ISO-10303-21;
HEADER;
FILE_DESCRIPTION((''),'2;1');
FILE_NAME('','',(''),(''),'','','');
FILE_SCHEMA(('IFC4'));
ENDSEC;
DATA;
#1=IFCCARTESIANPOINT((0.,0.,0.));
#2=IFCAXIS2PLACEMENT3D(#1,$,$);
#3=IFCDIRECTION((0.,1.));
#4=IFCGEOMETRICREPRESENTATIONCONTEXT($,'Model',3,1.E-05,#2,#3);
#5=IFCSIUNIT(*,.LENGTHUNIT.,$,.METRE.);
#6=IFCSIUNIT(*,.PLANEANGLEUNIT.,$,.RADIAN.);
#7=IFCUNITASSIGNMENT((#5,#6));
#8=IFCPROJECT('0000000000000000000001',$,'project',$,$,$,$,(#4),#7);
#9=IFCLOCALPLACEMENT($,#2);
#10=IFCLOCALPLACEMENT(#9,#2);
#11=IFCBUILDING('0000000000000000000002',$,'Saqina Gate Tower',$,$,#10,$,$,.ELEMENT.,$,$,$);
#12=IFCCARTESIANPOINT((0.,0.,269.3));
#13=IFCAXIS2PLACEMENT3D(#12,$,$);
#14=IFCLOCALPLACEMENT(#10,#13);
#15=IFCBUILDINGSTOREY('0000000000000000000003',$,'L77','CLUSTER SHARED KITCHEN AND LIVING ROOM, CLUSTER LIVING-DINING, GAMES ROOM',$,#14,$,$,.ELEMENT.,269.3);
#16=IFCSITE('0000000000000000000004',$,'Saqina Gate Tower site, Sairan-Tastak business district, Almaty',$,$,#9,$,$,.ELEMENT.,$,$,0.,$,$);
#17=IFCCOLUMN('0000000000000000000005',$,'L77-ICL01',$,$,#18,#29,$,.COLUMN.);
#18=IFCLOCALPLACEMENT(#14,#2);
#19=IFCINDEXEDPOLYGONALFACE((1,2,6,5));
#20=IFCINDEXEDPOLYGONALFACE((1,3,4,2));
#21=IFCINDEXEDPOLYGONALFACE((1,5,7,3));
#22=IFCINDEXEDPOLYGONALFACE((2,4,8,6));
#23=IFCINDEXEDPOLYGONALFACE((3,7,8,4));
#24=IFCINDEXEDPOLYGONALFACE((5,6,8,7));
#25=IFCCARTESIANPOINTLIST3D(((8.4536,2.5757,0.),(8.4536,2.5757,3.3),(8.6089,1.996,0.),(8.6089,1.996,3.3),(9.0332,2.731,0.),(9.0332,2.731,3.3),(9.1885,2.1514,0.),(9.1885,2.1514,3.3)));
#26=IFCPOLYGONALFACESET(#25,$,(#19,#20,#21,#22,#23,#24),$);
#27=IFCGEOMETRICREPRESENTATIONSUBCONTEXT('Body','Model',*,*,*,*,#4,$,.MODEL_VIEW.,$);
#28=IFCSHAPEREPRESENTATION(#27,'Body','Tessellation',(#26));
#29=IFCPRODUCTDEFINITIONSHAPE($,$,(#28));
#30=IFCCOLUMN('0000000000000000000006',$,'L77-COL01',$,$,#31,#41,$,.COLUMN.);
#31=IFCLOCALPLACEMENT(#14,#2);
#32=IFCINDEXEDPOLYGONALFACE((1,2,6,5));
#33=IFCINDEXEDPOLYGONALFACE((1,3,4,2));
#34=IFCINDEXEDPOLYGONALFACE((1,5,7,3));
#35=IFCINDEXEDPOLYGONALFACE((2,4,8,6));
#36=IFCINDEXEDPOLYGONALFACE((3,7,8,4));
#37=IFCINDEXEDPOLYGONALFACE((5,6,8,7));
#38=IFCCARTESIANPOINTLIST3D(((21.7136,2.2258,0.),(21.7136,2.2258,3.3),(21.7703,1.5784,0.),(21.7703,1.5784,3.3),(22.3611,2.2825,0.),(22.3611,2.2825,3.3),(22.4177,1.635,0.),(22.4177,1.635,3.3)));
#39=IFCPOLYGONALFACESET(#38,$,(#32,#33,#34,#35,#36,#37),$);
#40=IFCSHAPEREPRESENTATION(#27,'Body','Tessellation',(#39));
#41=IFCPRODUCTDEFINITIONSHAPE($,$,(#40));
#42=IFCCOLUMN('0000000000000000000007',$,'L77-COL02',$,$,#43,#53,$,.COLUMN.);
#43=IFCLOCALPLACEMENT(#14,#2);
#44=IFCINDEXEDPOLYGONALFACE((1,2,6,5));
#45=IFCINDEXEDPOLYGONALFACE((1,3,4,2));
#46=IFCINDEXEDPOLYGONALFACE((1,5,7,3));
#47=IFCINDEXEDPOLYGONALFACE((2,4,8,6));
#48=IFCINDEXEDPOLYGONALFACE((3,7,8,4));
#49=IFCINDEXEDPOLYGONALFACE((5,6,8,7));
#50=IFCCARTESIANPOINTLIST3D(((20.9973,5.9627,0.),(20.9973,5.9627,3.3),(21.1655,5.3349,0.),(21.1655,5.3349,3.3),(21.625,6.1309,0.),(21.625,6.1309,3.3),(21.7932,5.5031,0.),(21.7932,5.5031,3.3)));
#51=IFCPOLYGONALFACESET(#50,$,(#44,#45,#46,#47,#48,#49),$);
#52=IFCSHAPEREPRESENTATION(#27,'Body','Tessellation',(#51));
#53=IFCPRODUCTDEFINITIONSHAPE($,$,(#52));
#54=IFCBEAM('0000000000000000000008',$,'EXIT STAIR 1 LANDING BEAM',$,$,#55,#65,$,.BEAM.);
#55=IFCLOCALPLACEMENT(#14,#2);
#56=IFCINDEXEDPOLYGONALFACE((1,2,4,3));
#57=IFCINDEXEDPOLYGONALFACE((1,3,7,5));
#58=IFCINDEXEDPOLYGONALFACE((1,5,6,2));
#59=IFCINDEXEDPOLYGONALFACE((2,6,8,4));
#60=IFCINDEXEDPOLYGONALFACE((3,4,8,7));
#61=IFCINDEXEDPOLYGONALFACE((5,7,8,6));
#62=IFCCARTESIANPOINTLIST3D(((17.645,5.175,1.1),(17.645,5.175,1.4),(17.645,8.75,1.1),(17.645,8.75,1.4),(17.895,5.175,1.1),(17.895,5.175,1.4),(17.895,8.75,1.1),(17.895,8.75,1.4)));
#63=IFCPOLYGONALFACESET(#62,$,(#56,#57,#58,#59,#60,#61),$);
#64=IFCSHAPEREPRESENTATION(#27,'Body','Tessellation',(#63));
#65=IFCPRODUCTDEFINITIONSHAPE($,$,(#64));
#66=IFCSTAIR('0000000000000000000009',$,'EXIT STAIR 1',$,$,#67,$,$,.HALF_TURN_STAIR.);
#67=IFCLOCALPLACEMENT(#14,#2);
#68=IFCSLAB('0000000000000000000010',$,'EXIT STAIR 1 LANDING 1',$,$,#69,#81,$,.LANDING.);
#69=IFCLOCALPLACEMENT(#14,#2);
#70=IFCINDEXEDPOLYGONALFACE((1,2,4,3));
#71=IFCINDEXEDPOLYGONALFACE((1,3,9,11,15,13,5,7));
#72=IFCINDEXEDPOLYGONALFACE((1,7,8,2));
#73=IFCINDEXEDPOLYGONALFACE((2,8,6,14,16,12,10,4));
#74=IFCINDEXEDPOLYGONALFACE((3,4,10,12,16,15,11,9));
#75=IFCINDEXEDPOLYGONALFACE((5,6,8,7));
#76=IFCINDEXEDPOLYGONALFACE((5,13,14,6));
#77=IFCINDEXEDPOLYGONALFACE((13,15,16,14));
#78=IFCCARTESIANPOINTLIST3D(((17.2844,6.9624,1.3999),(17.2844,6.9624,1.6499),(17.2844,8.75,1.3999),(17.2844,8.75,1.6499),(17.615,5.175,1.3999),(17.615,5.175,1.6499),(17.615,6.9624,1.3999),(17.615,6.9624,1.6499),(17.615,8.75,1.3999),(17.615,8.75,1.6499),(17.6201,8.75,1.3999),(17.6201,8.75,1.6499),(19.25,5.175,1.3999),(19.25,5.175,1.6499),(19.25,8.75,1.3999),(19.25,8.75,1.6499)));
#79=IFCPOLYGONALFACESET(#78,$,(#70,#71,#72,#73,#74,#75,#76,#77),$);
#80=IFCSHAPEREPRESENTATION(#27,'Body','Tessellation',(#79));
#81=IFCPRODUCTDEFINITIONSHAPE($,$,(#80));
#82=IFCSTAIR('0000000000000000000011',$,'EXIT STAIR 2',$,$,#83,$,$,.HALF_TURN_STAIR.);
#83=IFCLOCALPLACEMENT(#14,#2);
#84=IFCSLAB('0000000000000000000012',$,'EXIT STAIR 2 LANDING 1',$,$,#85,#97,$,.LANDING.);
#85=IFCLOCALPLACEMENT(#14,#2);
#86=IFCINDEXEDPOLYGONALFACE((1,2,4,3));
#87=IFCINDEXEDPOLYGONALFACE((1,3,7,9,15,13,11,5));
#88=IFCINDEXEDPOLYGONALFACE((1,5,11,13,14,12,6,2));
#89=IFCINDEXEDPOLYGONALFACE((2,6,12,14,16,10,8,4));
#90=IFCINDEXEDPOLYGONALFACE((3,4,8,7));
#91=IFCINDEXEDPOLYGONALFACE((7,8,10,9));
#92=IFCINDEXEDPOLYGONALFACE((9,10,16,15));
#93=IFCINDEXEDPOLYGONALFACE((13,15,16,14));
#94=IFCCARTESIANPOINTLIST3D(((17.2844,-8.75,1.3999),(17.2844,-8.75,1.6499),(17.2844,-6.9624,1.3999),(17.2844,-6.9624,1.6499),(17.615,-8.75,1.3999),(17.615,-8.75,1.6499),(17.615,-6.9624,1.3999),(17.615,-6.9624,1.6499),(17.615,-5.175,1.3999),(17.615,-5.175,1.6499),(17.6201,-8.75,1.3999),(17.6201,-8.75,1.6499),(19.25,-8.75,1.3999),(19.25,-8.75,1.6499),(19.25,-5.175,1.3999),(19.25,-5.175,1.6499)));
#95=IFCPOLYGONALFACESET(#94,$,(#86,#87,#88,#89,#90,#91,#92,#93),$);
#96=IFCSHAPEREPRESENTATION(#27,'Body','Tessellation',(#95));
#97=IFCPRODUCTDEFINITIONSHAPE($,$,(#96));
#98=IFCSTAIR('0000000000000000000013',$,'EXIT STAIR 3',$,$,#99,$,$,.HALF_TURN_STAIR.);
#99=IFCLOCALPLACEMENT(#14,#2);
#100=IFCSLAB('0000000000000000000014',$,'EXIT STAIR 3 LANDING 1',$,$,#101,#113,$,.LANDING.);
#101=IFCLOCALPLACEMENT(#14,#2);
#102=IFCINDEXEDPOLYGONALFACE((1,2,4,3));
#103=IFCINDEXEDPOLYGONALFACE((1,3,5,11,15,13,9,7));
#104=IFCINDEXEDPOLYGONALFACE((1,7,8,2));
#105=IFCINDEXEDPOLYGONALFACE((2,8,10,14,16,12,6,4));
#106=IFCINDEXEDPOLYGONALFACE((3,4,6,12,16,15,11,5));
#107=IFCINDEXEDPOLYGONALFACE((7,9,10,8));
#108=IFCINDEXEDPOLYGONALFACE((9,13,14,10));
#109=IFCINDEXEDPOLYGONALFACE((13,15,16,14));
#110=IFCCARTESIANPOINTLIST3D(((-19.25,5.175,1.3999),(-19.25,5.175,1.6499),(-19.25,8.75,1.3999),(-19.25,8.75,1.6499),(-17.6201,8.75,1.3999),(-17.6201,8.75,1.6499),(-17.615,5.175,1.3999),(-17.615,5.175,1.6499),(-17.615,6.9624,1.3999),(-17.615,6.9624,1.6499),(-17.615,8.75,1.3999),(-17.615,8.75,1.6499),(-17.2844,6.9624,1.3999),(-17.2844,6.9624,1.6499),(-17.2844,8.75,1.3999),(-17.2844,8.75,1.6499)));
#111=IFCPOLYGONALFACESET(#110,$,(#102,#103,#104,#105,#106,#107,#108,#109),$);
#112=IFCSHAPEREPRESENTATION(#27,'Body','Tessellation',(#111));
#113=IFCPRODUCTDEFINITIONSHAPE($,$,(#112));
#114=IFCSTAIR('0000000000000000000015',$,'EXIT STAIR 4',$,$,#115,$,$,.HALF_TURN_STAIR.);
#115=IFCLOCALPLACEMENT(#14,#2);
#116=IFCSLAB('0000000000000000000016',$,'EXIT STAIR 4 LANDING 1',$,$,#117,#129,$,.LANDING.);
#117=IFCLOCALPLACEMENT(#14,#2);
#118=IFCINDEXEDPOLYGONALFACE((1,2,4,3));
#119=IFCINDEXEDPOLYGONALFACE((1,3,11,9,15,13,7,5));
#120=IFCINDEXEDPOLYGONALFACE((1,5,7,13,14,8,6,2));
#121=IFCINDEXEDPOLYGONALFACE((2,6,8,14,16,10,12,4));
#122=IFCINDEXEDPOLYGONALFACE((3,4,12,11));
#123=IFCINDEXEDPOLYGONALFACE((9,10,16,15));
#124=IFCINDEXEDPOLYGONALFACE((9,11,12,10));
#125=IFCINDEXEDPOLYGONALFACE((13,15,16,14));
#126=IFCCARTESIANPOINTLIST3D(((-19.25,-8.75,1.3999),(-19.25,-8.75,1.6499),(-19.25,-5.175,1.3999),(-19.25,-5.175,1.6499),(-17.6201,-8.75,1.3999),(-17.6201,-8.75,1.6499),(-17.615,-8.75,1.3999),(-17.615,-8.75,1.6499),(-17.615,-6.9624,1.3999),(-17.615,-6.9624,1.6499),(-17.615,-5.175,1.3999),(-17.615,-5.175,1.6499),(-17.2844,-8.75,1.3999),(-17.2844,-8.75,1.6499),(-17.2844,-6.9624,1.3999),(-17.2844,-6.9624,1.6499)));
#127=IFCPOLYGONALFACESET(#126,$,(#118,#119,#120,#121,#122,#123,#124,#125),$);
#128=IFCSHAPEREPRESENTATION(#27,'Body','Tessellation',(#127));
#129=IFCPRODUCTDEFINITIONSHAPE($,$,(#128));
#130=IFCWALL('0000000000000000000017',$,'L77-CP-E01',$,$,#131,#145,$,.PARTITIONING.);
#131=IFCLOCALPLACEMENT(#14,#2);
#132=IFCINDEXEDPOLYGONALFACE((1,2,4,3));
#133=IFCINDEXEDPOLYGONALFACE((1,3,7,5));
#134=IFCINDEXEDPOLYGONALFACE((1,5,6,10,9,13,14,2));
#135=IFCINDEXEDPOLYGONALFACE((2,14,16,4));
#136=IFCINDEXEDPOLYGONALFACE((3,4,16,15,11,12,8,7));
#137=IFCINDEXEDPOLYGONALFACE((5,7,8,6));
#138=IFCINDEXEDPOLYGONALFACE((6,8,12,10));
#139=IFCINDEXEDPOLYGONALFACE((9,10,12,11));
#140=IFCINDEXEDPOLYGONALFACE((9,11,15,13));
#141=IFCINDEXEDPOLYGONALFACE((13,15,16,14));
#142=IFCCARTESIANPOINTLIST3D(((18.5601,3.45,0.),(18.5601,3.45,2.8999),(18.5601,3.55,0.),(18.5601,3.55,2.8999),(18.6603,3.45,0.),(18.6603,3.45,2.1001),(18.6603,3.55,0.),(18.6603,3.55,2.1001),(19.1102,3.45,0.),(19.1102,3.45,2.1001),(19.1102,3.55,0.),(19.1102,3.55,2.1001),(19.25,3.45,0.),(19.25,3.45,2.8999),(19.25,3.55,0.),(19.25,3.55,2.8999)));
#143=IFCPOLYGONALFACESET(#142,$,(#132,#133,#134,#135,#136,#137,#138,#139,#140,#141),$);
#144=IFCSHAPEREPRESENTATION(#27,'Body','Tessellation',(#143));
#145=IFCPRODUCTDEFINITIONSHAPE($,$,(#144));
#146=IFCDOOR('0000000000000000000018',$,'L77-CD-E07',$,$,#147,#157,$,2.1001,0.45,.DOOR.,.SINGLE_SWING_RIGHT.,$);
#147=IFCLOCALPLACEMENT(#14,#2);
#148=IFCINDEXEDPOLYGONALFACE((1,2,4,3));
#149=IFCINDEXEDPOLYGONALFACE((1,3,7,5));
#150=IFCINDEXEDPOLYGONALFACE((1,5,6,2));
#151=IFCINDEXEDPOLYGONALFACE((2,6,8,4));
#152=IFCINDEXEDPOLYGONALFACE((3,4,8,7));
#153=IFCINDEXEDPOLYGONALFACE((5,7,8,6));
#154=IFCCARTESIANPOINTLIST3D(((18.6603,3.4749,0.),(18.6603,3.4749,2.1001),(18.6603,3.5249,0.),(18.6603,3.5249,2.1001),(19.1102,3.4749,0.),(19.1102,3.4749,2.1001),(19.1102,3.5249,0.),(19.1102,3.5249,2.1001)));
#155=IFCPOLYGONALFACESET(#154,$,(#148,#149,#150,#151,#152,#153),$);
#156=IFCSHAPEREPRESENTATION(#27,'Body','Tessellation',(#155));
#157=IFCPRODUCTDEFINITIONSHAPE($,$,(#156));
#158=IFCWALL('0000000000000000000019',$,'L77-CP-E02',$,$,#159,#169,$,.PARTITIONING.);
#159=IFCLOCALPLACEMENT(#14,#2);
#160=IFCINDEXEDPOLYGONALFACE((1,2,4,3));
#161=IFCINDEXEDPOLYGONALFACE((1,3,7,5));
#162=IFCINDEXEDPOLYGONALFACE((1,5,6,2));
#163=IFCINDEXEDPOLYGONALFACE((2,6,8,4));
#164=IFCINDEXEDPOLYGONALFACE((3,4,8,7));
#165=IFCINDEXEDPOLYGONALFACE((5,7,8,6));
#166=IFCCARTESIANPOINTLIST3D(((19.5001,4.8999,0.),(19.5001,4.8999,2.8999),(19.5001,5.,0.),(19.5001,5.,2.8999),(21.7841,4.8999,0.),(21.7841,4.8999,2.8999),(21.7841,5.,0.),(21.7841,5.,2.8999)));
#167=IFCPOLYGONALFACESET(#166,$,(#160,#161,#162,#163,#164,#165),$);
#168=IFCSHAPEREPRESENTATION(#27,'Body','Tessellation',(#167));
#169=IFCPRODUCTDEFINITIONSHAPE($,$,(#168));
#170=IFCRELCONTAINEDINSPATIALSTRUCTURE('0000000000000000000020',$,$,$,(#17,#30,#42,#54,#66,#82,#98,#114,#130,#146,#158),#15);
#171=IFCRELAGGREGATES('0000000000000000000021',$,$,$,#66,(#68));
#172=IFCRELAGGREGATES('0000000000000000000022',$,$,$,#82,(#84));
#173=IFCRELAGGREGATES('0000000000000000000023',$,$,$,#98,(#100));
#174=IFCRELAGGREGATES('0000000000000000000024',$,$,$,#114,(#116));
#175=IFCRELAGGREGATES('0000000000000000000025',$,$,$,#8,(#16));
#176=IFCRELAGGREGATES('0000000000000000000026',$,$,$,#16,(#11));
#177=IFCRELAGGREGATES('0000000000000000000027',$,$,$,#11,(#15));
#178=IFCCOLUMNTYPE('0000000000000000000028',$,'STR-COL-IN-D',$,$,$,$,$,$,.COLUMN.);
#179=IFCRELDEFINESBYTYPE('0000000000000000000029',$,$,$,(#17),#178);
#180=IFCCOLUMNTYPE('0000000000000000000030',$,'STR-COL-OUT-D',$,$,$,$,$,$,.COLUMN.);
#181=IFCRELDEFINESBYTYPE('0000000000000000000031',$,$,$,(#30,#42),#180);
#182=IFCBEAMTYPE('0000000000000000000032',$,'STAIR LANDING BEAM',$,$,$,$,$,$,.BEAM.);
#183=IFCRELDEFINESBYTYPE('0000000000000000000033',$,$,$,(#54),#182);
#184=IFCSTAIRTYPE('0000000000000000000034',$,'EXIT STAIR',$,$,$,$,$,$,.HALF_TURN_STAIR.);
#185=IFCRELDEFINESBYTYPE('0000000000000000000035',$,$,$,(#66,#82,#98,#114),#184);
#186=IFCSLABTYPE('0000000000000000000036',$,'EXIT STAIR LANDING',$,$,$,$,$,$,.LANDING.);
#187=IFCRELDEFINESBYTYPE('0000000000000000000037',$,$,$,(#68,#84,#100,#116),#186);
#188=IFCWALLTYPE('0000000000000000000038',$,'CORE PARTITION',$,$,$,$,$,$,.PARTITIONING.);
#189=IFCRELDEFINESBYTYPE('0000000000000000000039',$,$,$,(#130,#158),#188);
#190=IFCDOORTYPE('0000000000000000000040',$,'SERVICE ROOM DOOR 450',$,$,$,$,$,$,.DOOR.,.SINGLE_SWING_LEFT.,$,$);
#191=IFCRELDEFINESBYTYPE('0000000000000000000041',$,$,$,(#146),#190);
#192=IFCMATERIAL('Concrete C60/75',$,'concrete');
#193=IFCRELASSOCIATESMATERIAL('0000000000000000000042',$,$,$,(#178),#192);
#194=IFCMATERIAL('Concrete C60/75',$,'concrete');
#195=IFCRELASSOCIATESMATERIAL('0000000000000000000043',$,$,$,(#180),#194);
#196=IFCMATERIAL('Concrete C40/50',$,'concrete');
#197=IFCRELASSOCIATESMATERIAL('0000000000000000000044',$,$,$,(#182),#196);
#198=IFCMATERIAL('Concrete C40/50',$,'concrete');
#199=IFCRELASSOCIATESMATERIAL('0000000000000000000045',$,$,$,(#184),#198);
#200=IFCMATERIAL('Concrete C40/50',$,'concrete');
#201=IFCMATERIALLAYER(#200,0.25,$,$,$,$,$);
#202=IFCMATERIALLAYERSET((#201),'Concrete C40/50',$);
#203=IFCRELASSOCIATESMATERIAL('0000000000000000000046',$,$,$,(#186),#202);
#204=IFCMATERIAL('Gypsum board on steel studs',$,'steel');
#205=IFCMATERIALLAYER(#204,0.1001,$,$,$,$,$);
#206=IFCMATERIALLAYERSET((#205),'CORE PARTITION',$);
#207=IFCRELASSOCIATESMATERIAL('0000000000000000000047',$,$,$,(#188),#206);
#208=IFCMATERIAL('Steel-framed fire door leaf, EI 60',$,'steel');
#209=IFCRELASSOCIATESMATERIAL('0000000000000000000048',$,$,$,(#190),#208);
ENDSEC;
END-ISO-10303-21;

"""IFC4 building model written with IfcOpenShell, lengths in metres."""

from ifc_helpers import new_model, si_unit, direction, frame, frame_2d, origin, origin_2d, place, context, subcontext, project, spatial, polyline, rectangle, outline, extrude, material, layer, layer_set, material_profile, profile_set, type_object, element, fill, aggregate, save


model = new_model("IFC4")

# Units and contexts
model_context = context("Model", 3, precision=1e-05, world=origin(), true_north=direction((0.0, 1.0)))
body_context = subcontext(model_context, "Body", "Model", "MODEL_VIEW")
ifc_project = project(units=[si_unit("LENGTHUNIT", "METRE"), si_unit("PLANEANGLEUNIT", "RADIAN")], contexts=[model_context])

# Site, building, storey
site_placement = place(None, origin())
site = spatial("IfcSite", under=ifc_project, at=site_placement, Name="Saqina Gate Tower site, Sairan-Tastak business district, Almaty", CompositionType="ELEMENT", RefElevation=0.0)
building_placement = place(site_placement, origin())
building = spatial("IfcBuilding", under=site, at=building_placement, Name="Saqina Gate Tower", CompositionType="ELEMENT")
storey_placement = place(building_placement, frame((0.0, 0.0, 269.3)))
storey = spatial("IfcBuildingStorey", under=building, at=storey_placement, Name="L77", Description="CLUSTER SHARED KITCHEN AND LIVING ROOM, CLUSTER LIVING-DINING, GAMES ROOM", CompositionType="ELEMENT", Elevation=269.3)

# Columns
ifc_material_1 = material(Name="Concrete C60/75", Category="concrete")
ifc_material_profile_1 = material_profile(ifc_material_1, rectangle(XDim=0.6001, YDim=0.6001, at=origin_2d()), Name="RC 600x600")
ifc_profile_set_1 = profile_set([ifc_material_profile_1], Name="Concrete C60/75")
column_type_1 = type_object("IfcColumnType", Name="STR-COL-IN-D", PredefinedType="COLUMN", material=ifc_profile_set_1)
column_placement = place(storey_placement, frame((8.821, 2.3635, 0.0), z_axis=(0.0, 0.0, 1.0), x_axis=(0.965926, 0.258819, 0.0)))
element("IfcColumn", 1, at=column_placement, inside=storey, type_object=column_type_1, Name="L77-ICL01", PredefinedType="COLUMN", context=body_context, shape_type="SweptSolid", body=[
    extrude(rectangle(XDim=0.6001, YDim=0.6001, at=origin_2d()), origin(), (0.0, 0.0, 1.0), 3.3),
])
ifc_material_2 = material(Name="Concrete C60/75", Category="concrete")
ifc_material_profile_2 = material_profile(ifc_material_2, rectangle(XDim=0.6499, YDim=0.6499, at=origin_2d()), Name="RC 650x650")
ifc_profile_set_2 = profile_set([ifc_material_profile_2], Name="Concrete C60/75")
column_type_2 = type_object("IfcColumnType", Name="STR-COL-OUT-D", PredefinedType="COLUMN", material=ifc_profile_set_2)
for number, where, z_axis, x_axis, name in (
    (2, (22.0657, 1.9304, 0.0), (0.0, 0.0, 1.0), (0.996195, 0.087156, 0.0), "L77-COL01"),
    (3, (21.3953, 5.7329, 0.0), (0.0, 0.0, 1.0), (0.965926, 0.258819, 0.0), "L77-COL02"),
):
    element("IfcColumn", number, at=place(storey_placement, frame(where, z_axis=z_axis, x_axis=x_axis)), inside=storey, type_object=column_type_2, Name=name, PredefinedType="COLUMN", context=body_context, shape_type="SweptSolid", body=[
        extrude(rectangle(XDim=0.6499, YDim=0.6499, at=origin_2d()), origin(), (0.0, 0.0, 1.0), 3.3),
    ])

# Beam
ifc_material_3 = material(Name="Concrete C40/50", Category="concrete")
ifc_material_profile_3 = material_profile(ifc_material_3, rectangle(XDim=0.25, YDim=0.3, at=origin_2d()), Name="STAIR LANDING BEAM")
ifc_profile_set_3 = profile_set([ifc_material_profile_3], Name="Concrete C40/50")
beam_type = type_object("IfcBeamType", Name="STAIR LANDING BEAM", PredefinedType="BEAM", material=ifc_profile_set_3)
beam_placement = place(storey_placement, frame((17.77, 5.175, 1.25), z_axis=(0.0, 1.0, 0.0), x_axis=(-1.0, 0.0, 0.0)))
element("IfcBeam", 4, at=beam_placement, inside=storey, type_object=beam_type, Name="EXIT STAIR 1 LANDING BEAM", PredefinedType="BEAM", context=body_context, shape_type="SweptSolid", body=[
    extrude(rectangle(XDim=0.25, YDim=0.3, at=origin_2d()), origin(), (0.0, 0.0, 1.0), 3.575),
])

# Stairs, slabs
ifc_material_4 = material(Name="Concrete C40/50", Category="concrete")
stair_type = type_object("IfcStairType", Name="EXIT STAIR", PredefinedType="HALF_TURN_STAIR", material=ifc_material_4)
stair_1_placement = place(storey_placement, origin())
stair_1 = element("IfcStair", 5, at=stair_1_placement, inside=storey, type_object=stair_type, Name="EXIT STAIR 1", PredefinedType="HALF_TURN_STAIR")
ifc_material_5 = material(Name="Concrete C40/50", Category="concrete")
ifc_layer_1 = layer(ifc_material_5, 0.25)
ifc_layer_set_1 = layer_set([ifc_layer_1], Name="Concrete C40/50")
slab_type = type_object("IfcSlabType", Name="EXIT STAIR LANDING", PredefinedType="LANDING", material=ifc_layer_set_1)
slab_1_placement = place(storey_placement, frame((0.0, 0.0, 1.3999)))
slab_1 = element("IfcSlab", 6, at=slab_1_placement, type_object=slab_type, Name="EXIT STAIR 1 LANDING 1", PredefinedType="LANDING", context=body_context, shape_type="SweptSolid", body=[
    extrude(outline(polyline([(19.25, 8.75), (19.25, 5.175), (17.615, 5.175), (17.615, 6.9624), (17.2844, 6.9624), (17.2844, 8.75), (17.615, 8.75), (17.6201, 8.75), (19.25, 8.75)])), origin(), (0.0, 0.0, 1.0), 0.25),
])
aggregate(stair_1, [slab_1])
stair_2_placement = place(storey_placement, origin())
stair_2 = element("IfcStair", 7, at=stair_2_placement, inside=storey, type_object=stair_type, Name="EXIT STAIR 2", PredefinedType="HALF_TURN_STAIR")
slab_2_placement = place(storey_placement, frame((0.0, 0.0, 1.3999)))
slab_2 = element("IfcSlab", 8, at=slab_2_placement, type_object=slab_type, Name="EXIT STAIR 2 LANDING 1", PredefinedType="LANDING", context=body_context, shape_type="SweptSolid", body=[
    extrude(outline(polyline([(17.2844, -8.75), (17.2844, -6.9624), (17.615, -6.9624), (17.615, -5.175), (19.25, -5.175), (19.25, -8.75), (17.6201, -8.75), (17.615, -8.75), (17.2844, -8.75)])), origin(), (0.0, 0.0, 1.0), 0.25),
])
aggregate(stair_2, [slab_2])
stair_3_placement = place(storey_placement, origin())
stair_3 = element("IfcStair", 9, at=stair_3_placement, inside=storey, type_object=stair_type, Name="EXIT STAIR 3", PredefinedType="HALF_TURN_STAIR")
slab_3_placement = place(storey_placement, frame((0.0, 0.0, 1.3999)))
slab_3 = element("IfcSlab", 10, at=slab_3_placement, type_object=slab_type, Name="EXIT STAIR 3 LANDING 1", PredefinedType="LANDING", context=body_context, shape_type="SweptSolid", body=[
    extrude(outline(polyline([(-17.615, 5.175), (-19.25, 5.175), (-19.25, 8.75), (-17.6201, 8.75), (-17.615, 8.75), (-17.2844, 8.75), (-17.2844, 6.9624), (-17.615, 6.9624), (-17.615, 5.175)])), origin(), (0.0, 0.0, 1.0), 0.25),
])
aggregate(stair_3, [slab_3])
stair_4_placement = place(storey_placement, origin())
stair_4 = element("IfcStair", 11, at=stair_4_placement, inside=storey, type_object=stair_type, Name="EXIT STAIR 4", PredefinedType="HALF_TURN_STAIR")
slab_4_placement = place(storey_placement, frame((0.0, 0.0, 1.3999)))
slab_4 = element("IfcSlab", 12, at=slab_4_placement, type_object=slab_type, Name="EXIT STAIR 4 LANDING 1", PredefinedType="LANDING", context=body_context, shape_type="SweptSolid", body=[
    extrude(outline(polyline([(-17.2844, -6.9624), (-17.2844, -8.75), (-17.615, -8.75), (-17.6201, -8.75), (-19.25, -8.75), (-19.25, -5.175), (-17.615, -5.175), (-17.615, -6.9624), (-17.2844, -6.9624)])), origin(), (0.0, 0.0, 1.0), 0.25),
])
aggregate(stair_4, [slab_4])

# Wall, opening, door
ifc_material_6 = material(Name="Gypsum board on steel studs", Category="steel")
ifc_layer_2 = layer(ifc_material_6, 0.1001)
ifc_layer_set_2 = layer_set([ifc_layer_2], Name="CORE PARTITION")
wall_type_1 = type_object("IfcWallType", Name="CORE PARTITION", PredefinedType="PARTITIONING", material=ifc_layer_set_2)
wall_1_placement = place(storey_placement, frame((18.5601, 3.5, 0.0), z_axis=(0.0, 0.0, 1.0), x_axis=(1.0, 0.0, 0.0)))
wall_1 = element("IfcWall", 13, at=wall_1_placement, inside=storey, type_object=wall_type_1, Name="L77-CP-E01", PredefinedType="PARTITIONING", context=body_context, shape_type="SweptSolid", body=[
    extrude(rectangle(XDim=0.6899, YDim=0.1001, at=frame_2d((0.345, 0.0))), origin(), (0.0, 0.0, 1.0), 2.8999),
])
opening_1_placement = place(wall_1_placement, frame((0.1001, 0.0, 0.0)))
opening_1 = element("IfcOpeningElement", 14, at=opening_1_placement, cuts=wall_1, PredefinedType="OPENING", context=body_context, shape_type="SweptSolid", body=[
    extrude(rectangle(XDim=0.45, YDim=2.1001, at=frame_2d((0.2251, 1.05))), frame((0.0, 0.062, 0.0), z_axis=(0.0, -1.0, 0.0), x_axis=(1.0, 0.0, 0.0)), (0.0, 0.0, 1.0), 0.124),
])
ifc_material_7 = material(Name="Steel-framed fire door leaf, EI 60", Category="steel")
door_type_1 = type_object("IfcDoorType", Name="SERVICE ROOM DOOR 450", OperationType="SINGLE_SWING_LEFT", PredefinedType="DOOR", material=ifc_material_7)
door_1_placement = place(opening_1_placement, origin())
door_1 = element("IfcDoor", 15, at=door_1_placement, inside=storey, type_object=door_type_1, Name="L77-CD-E07", OperationType="SINGLE_SWING_RIGHT", OverallHeight=2.1001, OverallWidth=0.45, PredefinedType="DOOR", context=body_context, shape_type="SweptSolid", body=[
    extrude(rectangle(XDim=0.45, YDim=2.1001, at=frame_2d((0.2251, 1.05))), frame((0.0, 0.0249, 0.0), z_axis=(0.0, -1.0, 0.0), x_axis=(1.0, 0.0, 0.0)), (0.0, 0.0, 1.0), 0.05),
])
fill(opening_1, door_1)

# Wall
wall_2_placement = place(storey_placement, frame((19.5, 4.95, 0.0), z_axis=(0.0, 0.0, 1.0), x_axis=(1.0, 0.0, 0.0)))
element("IfcWall", 16, at=wall_2_placement, inside=storey, type_object=wall_type_1, Name="L77-CP-E02", PredefinedType="PARTITIONING", context=body_context, shape_type="SweptSolid", body=[
    extrude(rectangle(XDim=2.2839, YDim=0.1001, at=frame_2d((1.1421, 0.0))), origin(), (0.0, 0.0, 1.0), 2.8999),
])

save(model, "model.ifc")
